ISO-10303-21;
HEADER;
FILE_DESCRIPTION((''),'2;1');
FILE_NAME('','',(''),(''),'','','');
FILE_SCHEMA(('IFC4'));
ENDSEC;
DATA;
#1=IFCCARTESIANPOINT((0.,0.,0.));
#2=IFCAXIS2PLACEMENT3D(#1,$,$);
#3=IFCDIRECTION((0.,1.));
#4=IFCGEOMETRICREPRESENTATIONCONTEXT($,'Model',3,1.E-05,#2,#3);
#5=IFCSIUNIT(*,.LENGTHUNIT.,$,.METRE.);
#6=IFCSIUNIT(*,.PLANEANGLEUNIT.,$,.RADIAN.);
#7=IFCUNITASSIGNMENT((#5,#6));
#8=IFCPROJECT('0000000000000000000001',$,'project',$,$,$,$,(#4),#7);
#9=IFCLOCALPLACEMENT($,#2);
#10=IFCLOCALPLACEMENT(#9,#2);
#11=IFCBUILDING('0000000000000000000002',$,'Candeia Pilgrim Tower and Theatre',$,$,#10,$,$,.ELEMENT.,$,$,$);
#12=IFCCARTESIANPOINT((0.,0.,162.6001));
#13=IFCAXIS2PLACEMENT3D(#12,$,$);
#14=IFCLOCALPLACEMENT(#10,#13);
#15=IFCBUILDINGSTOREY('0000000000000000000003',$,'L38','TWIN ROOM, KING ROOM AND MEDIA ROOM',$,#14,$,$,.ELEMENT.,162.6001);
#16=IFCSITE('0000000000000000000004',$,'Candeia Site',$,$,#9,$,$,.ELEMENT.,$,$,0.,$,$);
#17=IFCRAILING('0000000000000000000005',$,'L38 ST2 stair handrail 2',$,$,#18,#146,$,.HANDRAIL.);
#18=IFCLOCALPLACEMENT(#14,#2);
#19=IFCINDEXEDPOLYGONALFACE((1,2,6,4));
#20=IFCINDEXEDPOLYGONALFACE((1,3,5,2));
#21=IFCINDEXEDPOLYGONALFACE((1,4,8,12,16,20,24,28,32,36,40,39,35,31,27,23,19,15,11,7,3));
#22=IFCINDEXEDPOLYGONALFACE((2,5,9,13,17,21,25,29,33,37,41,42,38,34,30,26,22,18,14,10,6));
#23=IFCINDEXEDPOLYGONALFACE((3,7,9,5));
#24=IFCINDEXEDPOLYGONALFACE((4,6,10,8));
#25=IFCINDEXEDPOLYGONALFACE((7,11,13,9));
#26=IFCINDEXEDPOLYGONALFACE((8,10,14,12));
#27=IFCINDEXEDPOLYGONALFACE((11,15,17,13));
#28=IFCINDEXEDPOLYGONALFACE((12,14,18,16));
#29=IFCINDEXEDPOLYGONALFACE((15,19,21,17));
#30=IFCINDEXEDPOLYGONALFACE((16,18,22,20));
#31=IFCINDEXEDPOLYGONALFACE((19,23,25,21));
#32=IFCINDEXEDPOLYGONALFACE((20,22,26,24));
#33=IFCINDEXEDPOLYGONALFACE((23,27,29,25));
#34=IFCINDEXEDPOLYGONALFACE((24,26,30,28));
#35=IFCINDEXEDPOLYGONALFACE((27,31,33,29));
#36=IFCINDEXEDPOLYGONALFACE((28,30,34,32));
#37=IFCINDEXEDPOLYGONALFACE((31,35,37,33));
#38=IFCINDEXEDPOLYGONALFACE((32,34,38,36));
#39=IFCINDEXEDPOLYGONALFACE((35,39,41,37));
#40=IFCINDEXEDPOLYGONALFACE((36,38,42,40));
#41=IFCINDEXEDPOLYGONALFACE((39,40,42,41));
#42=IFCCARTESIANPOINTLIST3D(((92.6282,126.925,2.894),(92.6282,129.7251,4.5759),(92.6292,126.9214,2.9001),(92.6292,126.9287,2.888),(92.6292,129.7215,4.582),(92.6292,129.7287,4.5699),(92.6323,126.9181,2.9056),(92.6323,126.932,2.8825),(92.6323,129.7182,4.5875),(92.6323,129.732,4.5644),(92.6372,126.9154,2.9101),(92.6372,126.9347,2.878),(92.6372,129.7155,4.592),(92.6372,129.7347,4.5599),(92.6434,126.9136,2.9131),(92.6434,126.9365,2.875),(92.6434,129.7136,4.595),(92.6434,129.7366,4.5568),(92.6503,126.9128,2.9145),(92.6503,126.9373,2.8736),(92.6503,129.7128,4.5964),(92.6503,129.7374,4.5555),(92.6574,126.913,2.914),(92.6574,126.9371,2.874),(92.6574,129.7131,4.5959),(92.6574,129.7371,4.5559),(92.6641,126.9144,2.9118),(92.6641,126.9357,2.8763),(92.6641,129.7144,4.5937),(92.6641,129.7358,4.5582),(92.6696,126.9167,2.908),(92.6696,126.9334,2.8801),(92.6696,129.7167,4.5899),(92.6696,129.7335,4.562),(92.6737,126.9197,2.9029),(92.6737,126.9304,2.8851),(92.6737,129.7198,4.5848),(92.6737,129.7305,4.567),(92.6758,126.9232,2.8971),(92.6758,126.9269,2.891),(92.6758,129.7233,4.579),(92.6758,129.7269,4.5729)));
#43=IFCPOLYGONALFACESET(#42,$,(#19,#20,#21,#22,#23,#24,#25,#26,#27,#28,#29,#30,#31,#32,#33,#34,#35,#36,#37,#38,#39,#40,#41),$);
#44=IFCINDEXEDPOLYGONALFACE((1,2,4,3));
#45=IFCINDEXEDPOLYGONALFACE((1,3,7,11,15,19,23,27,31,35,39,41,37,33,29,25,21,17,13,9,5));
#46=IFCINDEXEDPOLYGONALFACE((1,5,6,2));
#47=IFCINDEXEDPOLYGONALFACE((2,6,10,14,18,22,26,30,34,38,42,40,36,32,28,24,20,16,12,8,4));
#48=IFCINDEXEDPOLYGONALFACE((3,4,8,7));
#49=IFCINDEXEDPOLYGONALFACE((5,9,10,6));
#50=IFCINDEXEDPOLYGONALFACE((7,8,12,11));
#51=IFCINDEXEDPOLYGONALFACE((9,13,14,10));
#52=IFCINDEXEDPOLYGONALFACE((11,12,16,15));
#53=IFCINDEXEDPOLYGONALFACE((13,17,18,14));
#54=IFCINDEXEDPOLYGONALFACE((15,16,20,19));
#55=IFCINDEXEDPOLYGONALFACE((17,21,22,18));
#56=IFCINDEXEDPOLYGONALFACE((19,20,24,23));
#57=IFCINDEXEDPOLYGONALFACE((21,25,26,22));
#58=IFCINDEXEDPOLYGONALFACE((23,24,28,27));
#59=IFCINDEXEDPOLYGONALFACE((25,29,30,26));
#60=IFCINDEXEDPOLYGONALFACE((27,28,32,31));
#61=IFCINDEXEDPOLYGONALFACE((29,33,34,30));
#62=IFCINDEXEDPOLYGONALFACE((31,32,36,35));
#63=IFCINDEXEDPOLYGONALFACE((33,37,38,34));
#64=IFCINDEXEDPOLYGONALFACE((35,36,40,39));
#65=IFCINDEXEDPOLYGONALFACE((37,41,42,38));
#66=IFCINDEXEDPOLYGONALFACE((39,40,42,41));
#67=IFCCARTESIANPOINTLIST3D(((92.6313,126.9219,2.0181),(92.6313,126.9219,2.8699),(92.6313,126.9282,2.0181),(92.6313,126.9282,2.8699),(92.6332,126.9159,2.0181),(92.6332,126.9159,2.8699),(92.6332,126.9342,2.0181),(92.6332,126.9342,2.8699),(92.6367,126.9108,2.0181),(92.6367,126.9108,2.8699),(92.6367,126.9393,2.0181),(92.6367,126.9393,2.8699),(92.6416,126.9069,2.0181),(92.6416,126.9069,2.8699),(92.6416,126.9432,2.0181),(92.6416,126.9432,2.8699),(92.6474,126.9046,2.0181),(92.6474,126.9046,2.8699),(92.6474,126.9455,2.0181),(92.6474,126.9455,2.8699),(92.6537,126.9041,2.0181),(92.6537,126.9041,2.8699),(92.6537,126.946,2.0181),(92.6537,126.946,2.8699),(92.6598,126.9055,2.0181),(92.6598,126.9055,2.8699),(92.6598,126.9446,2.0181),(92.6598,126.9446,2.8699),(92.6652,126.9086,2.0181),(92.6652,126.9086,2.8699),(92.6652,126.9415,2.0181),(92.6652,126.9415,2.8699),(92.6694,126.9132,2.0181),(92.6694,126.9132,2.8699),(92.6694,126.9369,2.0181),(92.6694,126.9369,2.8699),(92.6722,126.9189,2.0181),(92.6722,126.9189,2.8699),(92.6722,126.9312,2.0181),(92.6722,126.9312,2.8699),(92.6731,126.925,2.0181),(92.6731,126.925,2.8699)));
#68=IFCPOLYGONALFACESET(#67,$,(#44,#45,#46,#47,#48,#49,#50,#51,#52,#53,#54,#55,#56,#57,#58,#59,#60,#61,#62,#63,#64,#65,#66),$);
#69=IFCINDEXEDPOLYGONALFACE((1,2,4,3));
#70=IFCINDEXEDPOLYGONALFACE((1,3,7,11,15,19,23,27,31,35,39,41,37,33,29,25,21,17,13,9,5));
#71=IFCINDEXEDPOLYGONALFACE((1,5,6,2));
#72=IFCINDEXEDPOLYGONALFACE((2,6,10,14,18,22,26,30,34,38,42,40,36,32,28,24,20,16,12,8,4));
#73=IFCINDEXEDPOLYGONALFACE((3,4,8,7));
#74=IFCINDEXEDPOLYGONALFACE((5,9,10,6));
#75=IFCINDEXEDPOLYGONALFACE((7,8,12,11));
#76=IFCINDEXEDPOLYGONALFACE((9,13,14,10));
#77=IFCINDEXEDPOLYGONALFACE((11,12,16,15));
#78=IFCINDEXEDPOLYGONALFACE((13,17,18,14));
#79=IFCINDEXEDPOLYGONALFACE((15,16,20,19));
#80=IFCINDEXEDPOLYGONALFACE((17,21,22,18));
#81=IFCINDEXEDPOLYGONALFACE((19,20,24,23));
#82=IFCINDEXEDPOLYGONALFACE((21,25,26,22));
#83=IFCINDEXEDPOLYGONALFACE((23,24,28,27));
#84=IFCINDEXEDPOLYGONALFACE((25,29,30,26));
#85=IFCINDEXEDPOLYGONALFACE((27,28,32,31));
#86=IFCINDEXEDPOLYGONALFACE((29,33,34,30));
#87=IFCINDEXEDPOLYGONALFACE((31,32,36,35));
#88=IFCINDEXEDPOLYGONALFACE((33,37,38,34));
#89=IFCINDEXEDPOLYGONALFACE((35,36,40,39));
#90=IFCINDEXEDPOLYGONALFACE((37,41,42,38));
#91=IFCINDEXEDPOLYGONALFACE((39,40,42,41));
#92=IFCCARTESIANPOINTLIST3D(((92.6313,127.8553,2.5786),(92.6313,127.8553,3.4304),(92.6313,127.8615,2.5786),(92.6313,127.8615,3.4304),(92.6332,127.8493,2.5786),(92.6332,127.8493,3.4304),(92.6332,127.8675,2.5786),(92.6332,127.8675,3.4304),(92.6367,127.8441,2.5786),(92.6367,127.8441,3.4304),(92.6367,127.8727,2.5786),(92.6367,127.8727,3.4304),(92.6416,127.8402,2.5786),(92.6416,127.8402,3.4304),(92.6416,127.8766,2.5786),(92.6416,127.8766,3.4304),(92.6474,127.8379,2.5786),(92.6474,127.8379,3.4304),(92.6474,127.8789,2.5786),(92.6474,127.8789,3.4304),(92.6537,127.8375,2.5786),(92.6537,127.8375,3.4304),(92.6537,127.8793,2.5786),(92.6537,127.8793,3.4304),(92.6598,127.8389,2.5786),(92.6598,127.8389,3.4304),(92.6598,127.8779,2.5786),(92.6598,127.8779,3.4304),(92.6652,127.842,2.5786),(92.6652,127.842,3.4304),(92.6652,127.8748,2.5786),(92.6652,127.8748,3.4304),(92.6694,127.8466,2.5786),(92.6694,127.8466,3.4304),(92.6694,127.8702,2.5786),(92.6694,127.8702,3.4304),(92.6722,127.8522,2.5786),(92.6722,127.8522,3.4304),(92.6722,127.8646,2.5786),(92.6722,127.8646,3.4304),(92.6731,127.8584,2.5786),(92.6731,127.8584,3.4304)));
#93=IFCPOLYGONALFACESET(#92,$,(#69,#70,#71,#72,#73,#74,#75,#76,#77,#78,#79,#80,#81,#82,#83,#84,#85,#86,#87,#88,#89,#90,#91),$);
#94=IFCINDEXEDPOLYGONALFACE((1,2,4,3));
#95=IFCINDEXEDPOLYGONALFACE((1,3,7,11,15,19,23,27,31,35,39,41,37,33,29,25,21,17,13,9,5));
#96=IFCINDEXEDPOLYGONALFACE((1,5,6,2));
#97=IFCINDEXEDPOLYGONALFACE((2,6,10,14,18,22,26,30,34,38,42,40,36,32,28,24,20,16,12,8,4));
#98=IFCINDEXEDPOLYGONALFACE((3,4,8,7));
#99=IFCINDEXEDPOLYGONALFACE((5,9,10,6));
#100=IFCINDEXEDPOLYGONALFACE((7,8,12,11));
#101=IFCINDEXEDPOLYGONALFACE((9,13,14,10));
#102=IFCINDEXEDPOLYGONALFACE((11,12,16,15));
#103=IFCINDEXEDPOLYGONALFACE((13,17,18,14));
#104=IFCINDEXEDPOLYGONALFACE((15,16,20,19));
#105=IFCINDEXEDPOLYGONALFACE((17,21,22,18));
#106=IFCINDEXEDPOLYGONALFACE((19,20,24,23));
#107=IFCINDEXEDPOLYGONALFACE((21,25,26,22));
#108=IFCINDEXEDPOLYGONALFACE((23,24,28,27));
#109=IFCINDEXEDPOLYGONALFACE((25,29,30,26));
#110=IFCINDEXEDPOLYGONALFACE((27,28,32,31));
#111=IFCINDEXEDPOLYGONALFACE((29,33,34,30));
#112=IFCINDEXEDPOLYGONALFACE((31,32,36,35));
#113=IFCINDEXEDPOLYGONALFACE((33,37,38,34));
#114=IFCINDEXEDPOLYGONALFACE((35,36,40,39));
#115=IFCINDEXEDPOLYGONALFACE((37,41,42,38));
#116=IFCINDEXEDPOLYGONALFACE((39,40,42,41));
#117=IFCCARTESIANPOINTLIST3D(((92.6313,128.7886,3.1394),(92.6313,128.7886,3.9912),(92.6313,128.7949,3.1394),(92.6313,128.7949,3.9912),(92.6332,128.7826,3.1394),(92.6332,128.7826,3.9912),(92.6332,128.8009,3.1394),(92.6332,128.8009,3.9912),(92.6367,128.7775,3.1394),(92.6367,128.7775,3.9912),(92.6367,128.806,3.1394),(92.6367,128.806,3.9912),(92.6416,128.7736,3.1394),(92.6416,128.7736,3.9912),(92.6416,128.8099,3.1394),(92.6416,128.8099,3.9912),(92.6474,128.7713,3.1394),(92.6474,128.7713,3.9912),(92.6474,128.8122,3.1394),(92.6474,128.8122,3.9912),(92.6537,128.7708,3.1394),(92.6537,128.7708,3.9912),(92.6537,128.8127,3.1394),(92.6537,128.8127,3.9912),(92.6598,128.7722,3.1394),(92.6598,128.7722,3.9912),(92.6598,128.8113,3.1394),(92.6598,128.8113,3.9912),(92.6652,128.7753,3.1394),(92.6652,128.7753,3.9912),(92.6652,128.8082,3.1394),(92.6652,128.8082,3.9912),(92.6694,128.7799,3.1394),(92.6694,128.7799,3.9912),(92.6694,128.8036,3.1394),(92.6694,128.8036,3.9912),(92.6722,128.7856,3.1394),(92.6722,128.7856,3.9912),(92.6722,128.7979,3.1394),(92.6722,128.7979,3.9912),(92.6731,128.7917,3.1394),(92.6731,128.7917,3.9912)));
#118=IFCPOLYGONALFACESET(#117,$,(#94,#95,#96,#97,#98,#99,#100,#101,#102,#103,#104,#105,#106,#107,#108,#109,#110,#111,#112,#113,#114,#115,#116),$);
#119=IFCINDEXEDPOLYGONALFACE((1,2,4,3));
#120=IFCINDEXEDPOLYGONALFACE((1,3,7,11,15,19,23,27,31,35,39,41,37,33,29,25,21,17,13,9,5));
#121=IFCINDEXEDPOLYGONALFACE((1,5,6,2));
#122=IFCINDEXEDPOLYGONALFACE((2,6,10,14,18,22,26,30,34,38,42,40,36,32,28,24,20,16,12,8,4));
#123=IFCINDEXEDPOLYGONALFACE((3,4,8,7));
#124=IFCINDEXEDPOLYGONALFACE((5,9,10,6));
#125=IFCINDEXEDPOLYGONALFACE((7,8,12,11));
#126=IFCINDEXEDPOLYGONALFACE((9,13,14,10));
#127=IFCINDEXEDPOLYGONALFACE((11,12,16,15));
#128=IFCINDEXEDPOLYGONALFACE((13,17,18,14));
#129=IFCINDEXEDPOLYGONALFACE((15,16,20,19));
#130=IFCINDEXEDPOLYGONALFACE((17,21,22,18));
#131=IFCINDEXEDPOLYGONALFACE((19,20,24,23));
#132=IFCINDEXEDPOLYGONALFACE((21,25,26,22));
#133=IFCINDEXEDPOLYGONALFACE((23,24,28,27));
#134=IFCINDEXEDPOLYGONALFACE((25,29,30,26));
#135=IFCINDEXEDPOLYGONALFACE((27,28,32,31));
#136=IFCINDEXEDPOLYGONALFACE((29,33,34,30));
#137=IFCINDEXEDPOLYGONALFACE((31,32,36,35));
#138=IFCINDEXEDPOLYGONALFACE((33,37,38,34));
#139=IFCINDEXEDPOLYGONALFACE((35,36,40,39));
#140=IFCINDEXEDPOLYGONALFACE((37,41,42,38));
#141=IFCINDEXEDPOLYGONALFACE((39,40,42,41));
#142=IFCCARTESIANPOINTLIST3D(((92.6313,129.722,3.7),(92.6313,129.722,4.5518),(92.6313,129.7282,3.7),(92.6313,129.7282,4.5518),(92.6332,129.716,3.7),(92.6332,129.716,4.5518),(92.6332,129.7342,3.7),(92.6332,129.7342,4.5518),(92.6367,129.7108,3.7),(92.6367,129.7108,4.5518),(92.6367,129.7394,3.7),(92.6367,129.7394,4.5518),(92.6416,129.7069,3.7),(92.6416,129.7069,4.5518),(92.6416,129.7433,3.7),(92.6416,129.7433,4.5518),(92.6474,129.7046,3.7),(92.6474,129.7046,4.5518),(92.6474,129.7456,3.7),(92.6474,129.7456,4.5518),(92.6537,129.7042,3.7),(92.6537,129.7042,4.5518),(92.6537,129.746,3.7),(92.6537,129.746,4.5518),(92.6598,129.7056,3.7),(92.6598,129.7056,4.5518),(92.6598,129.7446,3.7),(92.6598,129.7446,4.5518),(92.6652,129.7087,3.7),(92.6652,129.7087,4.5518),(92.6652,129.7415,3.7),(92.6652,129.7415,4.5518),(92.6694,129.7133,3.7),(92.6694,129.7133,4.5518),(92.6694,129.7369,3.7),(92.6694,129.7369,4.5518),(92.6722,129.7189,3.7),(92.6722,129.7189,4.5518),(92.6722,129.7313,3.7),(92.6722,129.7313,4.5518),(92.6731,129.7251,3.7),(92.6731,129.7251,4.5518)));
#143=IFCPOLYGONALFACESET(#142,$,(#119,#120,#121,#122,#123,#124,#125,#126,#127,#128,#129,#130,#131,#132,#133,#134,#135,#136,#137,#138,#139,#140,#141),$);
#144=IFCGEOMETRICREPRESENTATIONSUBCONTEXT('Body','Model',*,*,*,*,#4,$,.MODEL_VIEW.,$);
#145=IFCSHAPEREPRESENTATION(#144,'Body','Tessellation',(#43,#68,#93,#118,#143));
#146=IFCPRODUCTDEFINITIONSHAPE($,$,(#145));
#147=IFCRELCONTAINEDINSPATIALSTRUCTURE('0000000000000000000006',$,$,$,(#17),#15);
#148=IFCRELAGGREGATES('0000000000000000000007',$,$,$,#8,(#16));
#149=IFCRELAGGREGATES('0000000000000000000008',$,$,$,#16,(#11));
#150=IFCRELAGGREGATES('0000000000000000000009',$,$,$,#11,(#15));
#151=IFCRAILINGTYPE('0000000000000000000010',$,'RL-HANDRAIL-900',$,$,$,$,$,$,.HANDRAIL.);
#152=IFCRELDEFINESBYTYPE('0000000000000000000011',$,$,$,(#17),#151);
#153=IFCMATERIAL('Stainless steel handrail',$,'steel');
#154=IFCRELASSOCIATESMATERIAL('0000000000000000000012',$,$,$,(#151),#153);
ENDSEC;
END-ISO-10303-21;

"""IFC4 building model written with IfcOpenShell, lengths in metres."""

from ifc_helpers import new_model, si_unit, direction, frame, origin, origin_2d, place, context, subcontext, project, spatial, circle, extrude, material, type_object, element, save


model = new_model("IFC4")

# Units and contexts
model_context = context("Model", 3, precision=1e-05, world=origin(), true_north=direction((0.0, 1.0)))
body_context = subcontext(model_context, "Body", "Model", "MODEL_VIEW")
ifc_project = project(units=[si_unit("LENGTHUNIT", "METRE"), si_unit("PLANEANGLEUNIT", "RADIAN")], contexts=[model_context])

# Site, building, storey
site_placement = place(None, origin())
site = spatial("IfcSite", under=ifc_project, at=site_placement, Name="Candeia Site", CompositionType="ELEMENT", RefElevation=0.0)
building_placement = place(site_placement, origin())
building = spatial("IfcBuilding", under=site, at=building_placement, Name="Candeia Pilgrim Tower and Theatre", CompositionType="ELEMENT")
storey_placement = place(building_placement, frame((0.0, 0.0, 162.6001)))
storey = spatial("IfcBuildingStorey", under=building, at=storey_placement, Name="L38", Description="TWIN ROOM, KING ROOM AND MEDIA ROOM", CompositionType="ELEMENT", Elevation=162.6001)

# Railing
ifc_material_1 = material(Name="Stainless steel handrail", Category="steel")
railing_type = type_object("IfcRailingType", Name="RL-HANDRAIL-900", PredefinedType="HANDRAIL", material=ifc_material_1)
for number, where, name in (
    (1, (92.6521, 126.925, 2.0181), "L38 ST2 stair handrail 2"),
):
    element("IfcRailing", number, at=place(storey_placement, frame(where)), inside=storey, type_object=railing_type, Name=name, PredefinedType="HANDRAIL", context=body_context, shape_type="SweptSolid", body=[
        extrude(circle(Radius=0.0239, at=origin_2d()), frame((0.0, 0.0, 0.876), z_axis=(0.0, 0.857242, 0.514913), x_axis=(-1.0, 0.0, 0.0)), (0.0, 0.0, 1.0), 3.2664),
        extrude(circle(Radius=0.021, at=origin_2d()), origin(), (0.0, 0.0, 1.0), 0.8518),
        extrude(circle(Radius=0.021, at=origin_2d()), frame((0.0, 0.9333, 0.5605)), (0.0, 0.0, 1.0), 0.8518),
        extrude(circle(Radius=0.021, at=origin_2d()), frame((0.0, 1.8667, 1.1213)), (0.0, 0.0, 1.0), 0.8518),
        extrude(circle(Radius=0.021, at=origin_2d()), frame((0.0, 2.8, 1.6819)), (0.0, 0.0, 1.0), 0.8518),
    ])

save(model, "model.ifc")
